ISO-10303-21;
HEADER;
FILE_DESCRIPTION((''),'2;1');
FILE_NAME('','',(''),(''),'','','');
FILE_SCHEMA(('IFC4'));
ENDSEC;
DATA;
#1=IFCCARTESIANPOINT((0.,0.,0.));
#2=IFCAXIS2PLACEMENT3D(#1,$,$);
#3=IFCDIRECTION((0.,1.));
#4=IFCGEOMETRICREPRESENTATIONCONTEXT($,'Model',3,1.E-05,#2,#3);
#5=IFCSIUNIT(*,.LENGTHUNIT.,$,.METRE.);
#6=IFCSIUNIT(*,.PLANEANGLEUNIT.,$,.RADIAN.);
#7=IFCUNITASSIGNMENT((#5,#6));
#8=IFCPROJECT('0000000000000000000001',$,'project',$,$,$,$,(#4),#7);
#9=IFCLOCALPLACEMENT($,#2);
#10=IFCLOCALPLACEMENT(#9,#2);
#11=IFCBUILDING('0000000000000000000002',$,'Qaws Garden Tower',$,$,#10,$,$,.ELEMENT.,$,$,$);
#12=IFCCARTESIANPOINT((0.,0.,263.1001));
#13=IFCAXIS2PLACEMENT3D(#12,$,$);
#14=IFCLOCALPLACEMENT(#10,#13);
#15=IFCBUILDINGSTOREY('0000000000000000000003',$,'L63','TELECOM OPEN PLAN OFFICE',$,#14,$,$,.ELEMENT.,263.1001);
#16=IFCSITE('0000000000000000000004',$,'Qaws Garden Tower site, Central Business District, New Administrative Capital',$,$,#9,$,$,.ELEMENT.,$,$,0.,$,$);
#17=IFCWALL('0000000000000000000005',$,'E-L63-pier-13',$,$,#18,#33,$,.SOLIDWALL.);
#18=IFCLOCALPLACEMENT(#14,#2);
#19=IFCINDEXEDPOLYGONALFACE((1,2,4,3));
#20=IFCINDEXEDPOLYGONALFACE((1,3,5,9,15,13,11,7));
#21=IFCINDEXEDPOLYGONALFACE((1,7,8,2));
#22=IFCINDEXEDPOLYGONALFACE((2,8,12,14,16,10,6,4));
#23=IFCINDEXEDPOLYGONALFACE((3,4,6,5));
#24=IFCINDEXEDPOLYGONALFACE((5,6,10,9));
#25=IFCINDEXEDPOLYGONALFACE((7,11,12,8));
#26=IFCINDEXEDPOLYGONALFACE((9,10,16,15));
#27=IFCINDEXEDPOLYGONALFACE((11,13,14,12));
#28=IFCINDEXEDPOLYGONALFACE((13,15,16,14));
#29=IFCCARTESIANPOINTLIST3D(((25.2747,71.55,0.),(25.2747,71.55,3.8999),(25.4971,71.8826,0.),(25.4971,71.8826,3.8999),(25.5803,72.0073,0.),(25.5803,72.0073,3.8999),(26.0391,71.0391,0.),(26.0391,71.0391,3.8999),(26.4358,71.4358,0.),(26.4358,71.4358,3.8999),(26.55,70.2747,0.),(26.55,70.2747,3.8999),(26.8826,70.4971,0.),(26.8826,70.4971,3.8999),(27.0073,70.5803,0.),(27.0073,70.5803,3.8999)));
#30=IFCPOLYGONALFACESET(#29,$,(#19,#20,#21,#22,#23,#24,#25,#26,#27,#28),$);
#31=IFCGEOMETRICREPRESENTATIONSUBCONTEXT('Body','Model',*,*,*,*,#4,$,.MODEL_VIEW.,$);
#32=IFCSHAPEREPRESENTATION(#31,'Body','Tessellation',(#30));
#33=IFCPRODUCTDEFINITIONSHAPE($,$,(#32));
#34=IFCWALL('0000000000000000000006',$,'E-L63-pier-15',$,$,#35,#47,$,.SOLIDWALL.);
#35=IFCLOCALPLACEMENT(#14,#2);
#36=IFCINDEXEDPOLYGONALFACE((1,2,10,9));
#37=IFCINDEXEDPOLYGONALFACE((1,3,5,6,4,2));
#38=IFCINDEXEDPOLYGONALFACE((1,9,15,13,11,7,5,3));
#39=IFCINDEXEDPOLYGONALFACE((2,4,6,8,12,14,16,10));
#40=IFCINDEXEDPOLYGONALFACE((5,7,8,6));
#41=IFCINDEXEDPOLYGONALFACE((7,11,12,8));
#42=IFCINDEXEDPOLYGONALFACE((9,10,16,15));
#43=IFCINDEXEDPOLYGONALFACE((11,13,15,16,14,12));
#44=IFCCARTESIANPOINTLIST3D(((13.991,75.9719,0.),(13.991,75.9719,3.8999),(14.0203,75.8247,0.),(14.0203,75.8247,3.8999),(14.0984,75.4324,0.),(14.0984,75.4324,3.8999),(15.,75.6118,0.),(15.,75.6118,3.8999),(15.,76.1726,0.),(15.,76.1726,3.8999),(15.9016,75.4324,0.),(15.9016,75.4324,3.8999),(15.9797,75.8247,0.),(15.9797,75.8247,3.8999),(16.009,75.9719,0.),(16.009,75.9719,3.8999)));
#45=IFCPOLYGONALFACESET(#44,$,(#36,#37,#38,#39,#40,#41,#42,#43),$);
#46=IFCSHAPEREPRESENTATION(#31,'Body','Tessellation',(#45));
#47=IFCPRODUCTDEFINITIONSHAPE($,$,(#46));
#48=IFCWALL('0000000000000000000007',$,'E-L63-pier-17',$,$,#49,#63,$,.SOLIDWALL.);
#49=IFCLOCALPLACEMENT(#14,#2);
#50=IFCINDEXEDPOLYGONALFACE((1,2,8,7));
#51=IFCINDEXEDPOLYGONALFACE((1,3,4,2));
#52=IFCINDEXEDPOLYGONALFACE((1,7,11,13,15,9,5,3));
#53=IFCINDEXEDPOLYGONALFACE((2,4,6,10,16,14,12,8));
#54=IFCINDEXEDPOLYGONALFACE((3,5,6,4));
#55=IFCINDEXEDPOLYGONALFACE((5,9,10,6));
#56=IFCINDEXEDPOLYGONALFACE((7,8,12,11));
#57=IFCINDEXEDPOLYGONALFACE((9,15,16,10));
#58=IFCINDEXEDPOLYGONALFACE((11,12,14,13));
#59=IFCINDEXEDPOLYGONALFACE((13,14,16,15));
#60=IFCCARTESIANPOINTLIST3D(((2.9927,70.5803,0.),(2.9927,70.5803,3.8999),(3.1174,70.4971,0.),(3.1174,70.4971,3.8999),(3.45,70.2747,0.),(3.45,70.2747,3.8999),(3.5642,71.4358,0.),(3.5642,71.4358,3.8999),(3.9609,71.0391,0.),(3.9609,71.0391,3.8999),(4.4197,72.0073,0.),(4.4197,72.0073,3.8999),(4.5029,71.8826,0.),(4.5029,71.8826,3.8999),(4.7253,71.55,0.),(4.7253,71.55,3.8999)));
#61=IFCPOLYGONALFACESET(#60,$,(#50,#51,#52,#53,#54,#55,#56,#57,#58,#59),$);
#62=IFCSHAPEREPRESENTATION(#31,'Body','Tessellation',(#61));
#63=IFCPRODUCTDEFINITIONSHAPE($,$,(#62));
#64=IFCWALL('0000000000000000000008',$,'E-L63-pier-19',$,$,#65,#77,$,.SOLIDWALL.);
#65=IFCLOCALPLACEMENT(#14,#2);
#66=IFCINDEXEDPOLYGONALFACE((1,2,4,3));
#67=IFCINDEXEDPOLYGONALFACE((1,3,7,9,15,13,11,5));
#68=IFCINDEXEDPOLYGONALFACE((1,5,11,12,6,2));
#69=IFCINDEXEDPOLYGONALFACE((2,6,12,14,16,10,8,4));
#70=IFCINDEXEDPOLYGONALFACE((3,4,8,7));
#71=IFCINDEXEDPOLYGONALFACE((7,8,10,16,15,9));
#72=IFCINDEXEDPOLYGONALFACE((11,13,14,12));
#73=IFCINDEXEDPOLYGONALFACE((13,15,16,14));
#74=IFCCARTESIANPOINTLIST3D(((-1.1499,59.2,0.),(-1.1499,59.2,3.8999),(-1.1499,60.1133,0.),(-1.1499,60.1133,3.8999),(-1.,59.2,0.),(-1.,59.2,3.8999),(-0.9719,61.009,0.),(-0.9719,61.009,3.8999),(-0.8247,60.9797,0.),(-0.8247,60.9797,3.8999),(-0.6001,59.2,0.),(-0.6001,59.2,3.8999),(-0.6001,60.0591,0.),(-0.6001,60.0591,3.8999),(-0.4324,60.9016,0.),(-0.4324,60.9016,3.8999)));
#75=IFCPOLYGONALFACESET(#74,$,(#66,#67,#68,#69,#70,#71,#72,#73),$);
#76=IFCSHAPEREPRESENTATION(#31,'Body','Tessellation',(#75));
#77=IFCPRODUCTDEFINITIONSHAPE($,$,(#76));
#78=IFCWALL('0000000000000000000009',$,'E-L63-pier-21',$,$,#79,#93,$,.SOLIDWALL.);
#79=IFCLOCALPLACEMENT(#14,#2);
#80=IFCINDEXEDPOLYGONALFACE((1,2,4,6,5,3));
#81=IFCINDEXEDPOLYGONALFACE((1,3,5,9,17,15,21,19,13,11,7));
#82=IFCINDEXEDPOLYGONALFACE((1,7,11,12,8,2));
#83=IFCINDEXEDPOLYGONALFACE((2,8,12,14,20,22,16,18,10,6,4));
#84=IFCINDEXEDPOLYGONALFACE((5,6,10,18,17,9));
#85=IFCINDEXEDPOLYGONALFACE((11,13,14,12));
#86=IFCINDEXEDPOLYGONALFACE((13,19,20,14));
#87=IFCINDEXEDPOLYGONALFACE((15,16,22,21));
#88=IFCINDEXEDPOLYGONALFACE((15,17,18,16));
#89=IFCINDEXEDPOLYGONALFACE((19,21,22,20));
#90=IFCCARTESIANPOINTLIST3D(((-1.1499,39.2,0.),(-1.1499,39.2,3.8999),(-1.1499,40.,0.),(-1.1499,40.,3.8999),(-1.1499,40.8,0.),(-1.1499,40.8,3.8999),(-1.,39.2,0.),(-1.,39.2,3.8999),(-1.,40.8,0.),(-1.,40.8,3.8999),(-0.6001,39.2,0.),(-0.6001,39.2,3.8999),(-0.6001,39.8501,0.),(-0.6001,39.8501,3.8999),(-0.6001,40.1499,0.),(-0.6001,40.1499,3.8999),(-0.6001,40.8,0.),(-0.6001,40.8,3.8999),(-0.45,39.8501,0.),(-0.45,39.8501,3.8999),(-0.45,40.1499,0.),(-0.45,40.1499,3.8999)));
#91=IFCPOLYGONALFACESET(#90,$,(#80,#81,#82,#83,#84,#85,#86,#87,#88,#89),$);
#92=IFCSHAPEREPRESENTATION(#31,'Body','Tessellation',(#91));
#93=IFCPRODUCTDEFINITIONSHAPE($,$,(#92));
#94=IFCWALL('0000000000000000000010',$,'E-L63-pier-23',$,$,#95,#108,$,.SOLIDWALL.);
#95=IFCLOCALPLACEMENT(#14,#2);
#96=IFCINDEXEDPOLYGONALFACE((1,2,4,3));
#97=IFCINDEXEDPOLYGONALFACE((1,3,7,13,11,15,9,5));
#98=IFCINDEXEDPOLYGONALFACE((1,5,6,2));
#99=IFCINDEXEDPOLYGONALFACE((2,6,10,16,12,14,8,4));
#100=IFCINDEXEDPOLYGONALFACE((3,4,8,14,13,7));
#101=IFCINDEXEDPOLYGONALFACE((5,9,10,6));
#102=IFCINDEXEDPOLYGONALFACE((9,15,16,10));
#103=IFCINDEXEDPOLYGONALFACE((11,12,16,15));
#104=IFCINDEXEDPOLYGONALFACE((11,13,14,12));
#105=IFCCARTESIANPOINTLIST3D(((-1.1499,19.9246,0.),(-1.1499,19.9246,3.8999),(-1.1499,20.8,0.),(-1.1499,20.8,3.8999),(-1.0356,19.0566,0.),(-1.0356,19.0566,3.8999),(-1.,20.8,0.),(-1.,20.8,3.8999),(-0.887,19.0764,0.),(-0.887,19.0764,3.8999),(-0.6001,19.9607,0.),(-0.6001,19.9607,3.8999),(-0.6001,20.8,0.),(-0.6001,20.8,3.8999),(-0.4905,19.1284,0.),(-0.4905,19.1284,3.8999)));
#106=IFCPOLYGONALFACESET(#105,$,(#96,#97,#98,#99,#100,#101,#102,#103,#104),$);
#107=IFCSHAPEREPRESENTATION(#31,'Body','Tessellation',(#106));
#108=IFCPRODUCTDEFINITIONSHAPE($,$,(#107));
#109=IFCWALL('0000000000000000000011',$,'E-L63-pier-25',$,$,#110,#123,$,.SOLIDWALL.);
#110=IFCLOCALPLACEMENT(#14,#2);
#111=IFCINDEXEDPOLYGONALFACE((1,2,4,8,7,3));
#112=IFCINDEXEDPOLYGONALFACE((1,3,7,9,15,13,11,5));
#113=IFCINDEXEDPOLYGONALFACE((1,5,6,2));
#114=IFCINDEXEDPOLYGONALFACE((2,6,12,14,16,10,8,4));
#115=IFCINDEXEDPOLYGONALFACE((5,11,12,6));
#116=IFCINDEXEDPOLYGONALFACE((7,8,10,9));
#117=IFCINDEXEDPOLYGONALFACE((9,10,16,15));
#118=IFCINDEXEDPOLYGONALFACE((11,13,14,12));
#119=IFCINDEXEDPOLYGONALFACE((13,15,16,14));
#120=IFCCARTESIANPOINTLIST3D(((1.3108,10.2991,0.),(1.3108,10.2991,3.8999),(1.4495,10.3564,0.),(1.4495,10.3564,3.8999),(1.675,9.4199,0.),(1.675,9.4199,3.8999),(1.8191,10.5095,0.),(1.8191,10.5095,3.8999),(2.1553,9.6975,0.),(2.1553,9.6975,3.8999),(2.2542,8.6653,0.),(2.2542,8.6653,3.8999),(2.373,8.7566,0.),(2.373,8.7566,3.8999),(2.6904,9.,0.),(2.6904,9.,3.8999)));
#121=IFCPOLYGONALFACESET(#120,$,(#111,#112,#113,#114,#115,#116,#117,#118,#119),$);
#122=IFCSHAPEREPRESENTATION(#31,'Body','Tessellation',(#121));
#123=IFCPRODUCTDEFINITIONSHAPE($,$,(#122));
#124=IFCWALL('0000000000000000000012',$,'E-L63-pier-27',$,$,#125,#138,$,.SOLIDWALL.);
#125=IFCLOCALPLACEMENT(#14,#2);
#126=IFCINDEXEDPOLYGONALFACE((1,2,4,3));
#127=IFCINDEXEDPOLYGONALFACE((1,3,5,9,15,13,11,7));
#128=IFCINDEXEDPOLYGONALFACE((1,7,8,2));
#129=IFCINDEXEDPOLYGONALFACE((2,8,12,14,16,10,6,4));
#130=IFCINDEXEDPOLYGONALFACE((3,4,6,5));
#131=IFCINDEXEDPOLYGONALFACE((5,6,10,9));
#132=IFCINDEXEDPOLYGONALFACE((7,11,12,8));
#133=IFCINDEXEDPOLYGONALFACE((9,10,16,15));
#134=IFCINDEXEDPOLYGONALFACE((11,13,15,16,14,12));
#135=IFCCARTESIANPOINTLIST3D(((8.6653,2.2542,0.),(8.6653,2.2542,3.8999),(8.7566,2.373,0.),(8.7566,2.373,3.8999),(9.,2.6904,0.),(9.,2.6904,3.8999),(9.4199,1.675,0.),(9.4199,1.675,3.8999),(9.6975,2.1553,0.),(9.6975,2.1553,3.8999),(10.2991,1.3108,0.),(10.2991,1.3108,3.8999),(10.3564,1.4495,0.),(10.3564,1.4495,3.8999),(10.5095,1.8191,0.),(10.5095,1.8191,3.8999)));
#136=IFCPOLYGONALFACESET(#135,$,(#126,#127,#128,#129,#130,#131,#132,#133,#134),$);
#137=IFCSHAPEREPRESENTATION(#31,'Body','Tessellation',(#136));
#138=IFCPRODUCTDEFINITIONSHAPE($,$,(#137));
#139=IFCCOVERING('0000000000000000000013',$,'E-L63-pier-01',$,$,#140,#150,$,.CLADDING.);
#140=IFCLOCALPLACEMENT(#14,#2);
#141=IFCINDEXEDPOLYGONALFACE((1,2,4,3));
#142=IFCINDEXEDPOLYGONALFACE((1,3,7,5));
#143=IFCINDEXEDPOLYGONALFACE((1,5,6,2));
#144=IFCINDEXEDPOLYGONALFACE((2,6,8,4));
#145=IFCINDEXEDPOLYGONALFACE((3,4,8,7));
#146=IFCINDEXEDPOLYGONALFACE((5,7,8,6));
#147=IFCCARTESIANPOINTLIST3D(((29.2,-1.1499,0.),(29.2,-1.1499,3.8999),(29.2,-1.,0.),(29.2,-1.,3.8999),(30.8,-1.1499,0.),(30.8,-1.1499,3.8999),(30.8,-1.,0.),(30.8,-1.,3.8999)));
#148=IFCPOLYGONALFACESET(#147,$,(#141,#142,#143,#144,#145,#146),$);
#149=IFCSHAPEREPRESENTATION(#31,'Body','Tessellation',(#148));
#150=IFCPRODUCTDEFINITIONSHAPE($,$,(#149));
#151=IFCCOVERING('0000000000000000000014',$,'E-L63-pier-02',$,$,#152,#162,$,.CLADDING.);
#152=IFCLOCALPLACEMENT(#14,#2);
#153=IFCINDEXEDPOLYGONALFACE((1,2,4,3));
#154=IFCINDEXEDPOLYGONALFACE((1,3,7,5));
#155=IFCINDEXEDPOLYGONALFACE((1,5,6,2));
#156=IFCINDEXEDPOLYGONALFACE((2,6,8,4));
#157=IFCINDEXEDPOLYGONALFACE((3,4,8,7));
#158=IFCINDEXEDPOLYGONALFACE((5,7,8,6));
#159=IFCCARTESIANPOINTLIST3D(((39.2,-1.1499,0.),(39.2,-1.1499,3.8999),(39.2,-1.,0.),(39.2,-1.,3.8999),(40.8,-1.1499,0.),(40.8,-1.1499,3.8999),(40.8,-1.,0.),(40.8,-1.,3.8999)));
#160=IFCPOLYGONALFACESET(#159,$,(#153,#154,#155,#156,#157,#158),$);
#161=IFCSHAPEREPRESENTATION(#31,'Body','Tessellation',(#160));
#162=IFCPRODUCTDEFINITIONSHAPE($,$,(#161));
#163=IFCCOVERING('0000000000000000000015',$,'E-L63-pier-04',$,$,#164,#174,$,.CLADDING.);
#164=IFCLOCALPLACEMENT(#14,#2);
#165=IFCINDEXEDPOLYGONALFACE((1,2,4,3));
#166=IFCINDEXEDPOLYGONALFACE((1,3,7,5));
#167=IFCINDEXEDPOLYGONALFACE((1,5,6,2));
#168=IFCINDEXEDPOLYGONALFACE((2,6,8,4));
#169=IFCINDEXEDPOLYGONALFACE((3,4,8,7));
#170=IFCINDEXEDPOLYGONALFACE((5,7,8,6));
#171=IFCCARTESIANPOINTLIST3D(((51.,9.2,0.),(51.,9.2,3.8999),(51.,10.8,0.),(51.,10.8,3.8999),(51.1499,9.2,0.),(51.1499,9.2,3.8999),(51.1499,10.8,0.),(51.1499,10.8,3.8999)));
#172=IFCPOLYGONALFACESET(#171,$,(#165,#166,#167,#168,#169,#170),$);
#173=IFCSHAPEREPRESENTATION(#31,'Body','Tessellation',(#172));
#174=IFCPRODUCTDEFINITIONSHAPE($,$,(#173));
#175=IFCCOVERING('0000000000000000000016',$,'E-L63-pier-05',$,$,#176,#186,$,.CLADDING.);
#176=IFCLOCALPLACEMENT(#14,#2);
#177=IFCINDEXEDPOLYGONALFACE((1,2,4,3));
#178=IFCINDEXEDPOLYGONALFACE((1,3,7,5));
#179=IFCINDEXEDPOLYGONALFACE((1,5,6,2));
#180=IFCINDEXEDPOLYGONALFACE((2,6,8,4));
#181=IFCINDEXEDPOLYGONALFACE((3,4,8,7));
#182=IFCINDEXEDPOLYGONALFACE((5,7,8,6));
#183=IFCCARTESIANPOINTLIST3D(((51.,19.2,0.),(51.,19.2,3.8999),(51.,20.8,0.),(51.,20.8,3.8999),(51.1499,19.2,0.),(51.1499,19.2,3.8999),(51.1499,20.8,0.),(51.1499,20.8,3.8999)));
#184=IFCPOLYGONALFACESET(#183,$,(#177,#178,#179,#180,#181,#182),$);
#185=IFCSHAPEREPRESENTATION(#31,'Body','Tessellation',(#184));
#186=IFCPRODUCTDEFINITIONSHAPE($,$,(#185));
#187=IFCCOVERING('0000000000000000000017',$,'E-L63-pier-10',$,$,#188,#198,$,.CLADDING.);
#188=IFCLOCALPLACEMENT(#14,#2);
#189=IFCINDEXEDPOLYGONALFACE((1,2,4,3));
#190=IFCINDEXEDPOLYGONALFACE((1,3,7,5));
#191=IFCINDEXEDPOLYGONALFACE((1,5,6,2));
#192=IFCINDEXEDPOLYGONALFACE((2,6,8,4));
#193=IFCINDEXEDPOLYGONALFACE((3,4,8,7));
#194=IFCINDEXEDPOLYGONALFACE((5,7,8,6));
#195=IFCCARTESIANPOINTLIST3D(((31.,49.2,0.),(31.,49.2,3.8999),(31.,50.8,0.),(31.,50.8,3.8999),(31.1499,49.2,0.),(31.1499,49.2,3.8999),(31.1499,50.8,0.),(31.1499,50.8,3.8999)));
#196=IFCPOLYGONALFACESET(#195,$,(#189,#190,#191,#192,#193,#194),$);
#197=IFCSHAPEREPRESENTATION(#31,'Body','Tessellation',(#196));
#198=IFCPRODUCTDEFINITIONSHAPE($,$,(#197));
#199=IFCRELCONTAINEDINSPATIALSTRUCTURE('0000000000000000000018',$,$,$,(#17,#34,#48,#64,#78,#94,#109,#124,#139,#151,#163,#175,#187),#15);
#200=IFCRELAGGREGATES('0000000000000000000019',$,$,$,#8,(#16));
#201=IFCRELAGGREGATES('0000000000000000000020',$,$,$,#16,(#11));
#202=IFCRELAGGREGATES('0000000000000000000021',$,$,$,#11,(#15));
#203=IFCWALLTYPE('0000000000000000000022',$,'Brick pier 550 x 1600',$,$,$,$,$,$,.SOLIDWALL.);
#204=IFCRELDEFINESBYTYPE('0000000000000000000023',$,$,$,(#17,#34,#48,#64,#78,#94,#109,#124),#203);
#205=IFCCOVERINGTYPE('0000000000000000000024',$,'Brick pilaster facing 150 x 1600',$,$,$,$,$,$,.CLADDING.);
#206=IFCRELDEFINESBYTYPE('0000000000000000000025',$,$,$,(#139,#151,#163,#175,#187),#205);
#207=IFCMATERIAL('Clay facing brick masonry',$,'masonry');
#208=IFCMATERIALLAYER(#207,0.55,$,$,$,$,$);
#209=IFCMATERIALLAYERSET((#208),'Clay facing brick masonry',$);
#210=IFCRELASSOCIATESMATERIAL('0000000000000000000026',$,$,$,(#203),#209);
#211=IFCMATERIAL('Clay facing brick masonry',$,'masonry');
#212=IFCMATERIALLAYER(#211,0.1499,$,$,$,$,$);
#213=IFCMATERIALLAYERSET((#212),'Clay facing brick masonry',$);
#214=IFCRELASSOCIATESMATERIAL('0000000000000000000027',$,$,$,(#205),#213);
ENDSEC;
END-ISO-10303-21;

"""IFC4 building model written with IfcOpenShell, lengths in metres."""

from ifc_helpers import new_model, si_unit, direction, frame, origin, place, context, subcontext, project, spatial, polyline, outline, extrude, material, layer, layer_set, type_object, element, save


model = new_model("IFC4")

# Units and contexts
model_context = context("Model", 3, precision=1e-05, world=origin(), true_north=direction((0.0, 1.0)))
body_context = subcontext(model_context, "Body", "Model", "MODEL_VIEW")
ifc_project = project(units=[si_unit("LENGTHUNIT", "METRE"), si_unit("PLANEANGLEUNIT", "RADIAN")], contexts=[model_context])

# Site, building, storey
site_placement = place(None, origin())
site = spatial("IfcSite", under=ifc_project, at=site_placement, Name="Qaws Garden Tower site, Central Business District, New Administrative Capital", CompositionType="ELEMENT", RefElevation=0.0)
building_placement = place(site_placement, origin())
building = spatial("IfcBuilding", under=site, at=building_placement, Name="Qaws Garden Tower", CompositionType="ELEMENT")
storey_placement = place(building_placement, frame((0.0, 0.0, 263.1001)))
storey = spatial("IfcBuildingStorey", under=building, at=storey_placement, Name="L63", Description="TELECOM OPEN PLAN OFFICE", CompositionType="ELEMENT", Elevation=263.1001)

# Walls
placement = place(storey_placement, origin())
ifc_material_1 = material(Name="Clay facing brick masonry", Category="masonry")
ifc_layer_1 = layer(ifc_material_1, 0.55)
ifc_layer_set_1 = layer_set([ifc_layer_1], Name="Clay facing brick masonry")
wall_type_1 = type_object("IfcWallType", Name="Brick pier 550 x 1600", PredefinedType="SOLIDWALL", material=ifc_layer_set_1)
element("IfcWall", 1, at=placement, inside=storey, type_object=wall_type_1, Name="E-L63-pier-13", PredefinedType="SOLIDWALL", context=body_context, shape_type="SweptSolid", body=[
    extrude(outline(polyline([(26.8826, 70.4971), (27.0073, 70.5803), (26.4358, 71.4358), (25.5803, 72.0073), (25.4971, 71.8826), (25.2747, 71.55), (26.0391, 71.0391), (26.55, 70.2747), (26.8826, 70.4971)])), origin(), (0.0, 0.0, 1.0), 3.8999),
])
element("IfcWall", 2, at=placement, inside=storey, type_object=wall_type_1, Name="E-L63-pier-15", PredefinedType="SOLIDWALL", context=body_context, shape_type="SweptSolid", body=[
    extrude(outline(polyline([(15.9797, 75.8247), (16.009, 75.9719), (15.0, 76.1726), (13.991, 75.9719), (14.0203, 75.8247), (14.0984, 75.4324), (15.0, 75.6118), (15.9016, 75.4324), (15.9797, 75.8247)])), origin(), (0.0, 0.0, 1.0), 3.8999),
])
element("IfcWall", 3, at=placement, inside=storey, type_object=wall_type_1, Name="E-L63-pier-17", PredefinedType="SOLIDWALL", context=body_context, shape_type="SweptSolid", body=[
    extrude(outline(polyline([(4.5029, 71.8826), (4.4197, 72.0073), (3.5642, 71.4358), (2.9927, 70.5803), (3.1174, 70.4971), (3.45, 70.2747), (3.9609, 71.0391), (4.7253, 71.55), (4.5029, 71.8826)])), origin(), (0.0, 0.0, 1.0), 3.8999),
])
element("IfcWall", 4, at=placement, inside=storey, type_object=wall_type_1, Name="E-L63-pier-19", PredefinedType="SOLIDWALL", context=body_context, shape_type="SweptSolid", body=[
    extrude(outline(polyline([(-0.8247, 60.9797), (-0.9719, 61.009), (-1.1499, 60.1133), (-1.1499, 59.2), (-1.0, 59.2), (-0.6001, 59.2), (-0.6001, 60.0591), (-0.4324, 60.9016), (-0.8247, 60.9797)])), origin(), (0.0, 0.0, 1.0), 3.8999),
])
element("IfcWall", 5, at=placement, inside=storey, type_object=wall_type_1, Name="E-L63-pier-21", PredefinedType="SOLIDWALL", context=body_context, shape_type="SweptSolid", body=[
    extrude(outline(polyline([(-0.6001, 39.2), (-0.6001, 39.8501), (-0.45, 39.8501), (-0.45, 40.1499), (-0.6001, 40.1499), (-0.6001, 40.8), (-1.0, 40.8), (-1.1499, 40.8), (-1.1499, 40.0), (-1.1499, 39.2), (-1.0, 39.2), (-0.6001, 39.2)])), origin(), (0.0, 0.0, 1.0), 3.8999),
])
element("IfcWall", 6, at=placement, inside=storey, type_object=wall_type_1, Name="E-L63-pier-23", PredefinedType="SOLIDWALL", context=body_context, shape_type="SweptSolid", body=[
    extrude(outline(polyline([(-1.0, 20.8), (-1.1499, 20.8), (-1.1499, 19.9246), (-1.0356, 19.0566), (-0.887, 19.0764), (-0.4905, 19.1284), (-0.6001, 19.9607), (-0.6001, 20.8), (-1.0, 20.8)])), origin(), (0.0, 0.0, 1.0), 3.8999),
])
element("IfcWall", 7, at=placement, inside=storey, type_object=wall_type_1, Name="E-L63-pier-25", PredefinedType="SOLIDWALL", context=body_context, shape_type="SweptSolid", body=[
    extrude(outline(polyline([(1.4495, 10.3564), (1.3108, 10.2991), (1.675, 9.4199), (2.2542, 8.6653), (2.373, 8.7566), (2.6904, 9.0), (2.1553, 9.6975), (1.8191, 10.5095), (1.4495, 10.3564)])), origin(), (0.0, 0.0, 1.0), 3.8999),
])
element("IfcWall", 8, at=placement, inside=storey, type_object=wall_type_1, Name="E-L63-pier-27", PredefinedType="SOLIDWALL", context=body_context, shape_type="SweptSolid", body=[
    extrude(outline(polyline([(8.7566, 2.373), (8.6653, 2.2542), (9.4199, 1.675), (10.2991, 1.3108), (10.3564, 1.4495), (10.5095, 1.8191), (9.6975, 2.1553), (9.0, 2.6904), (8.7566, 2.373)])), origin(), (0.0, 0.0, 1.0), 3.8999),
])

# Coverings
ifc_material_2 = material(Name="Clay facing brick masonry", Category="masonry")
ifc_layer_2 = layer(ifc_material_2, 0.1499)
ifc_layer_set_2 = layer_set([ifc_layer_2], Name="Clay facing brick masonry")
covering_type = type_object("IfcCoveringType", Name="Brick pilaster facing 150 x 1600", PredefinedType="CLADDING", material=ifc_layer_set_2)
element("IfcCovering", 9, at=placement, inside=storey, type_object=covering_type, Name="E-L63-pier-01", PredefinedType="CLADDING", context=body_context, shape_type="SweptSolid", body=[
    extrude(outline(polyline([(29.2, -1.0), (30.8, -1.0), (30.8, -1.1499), (29.2, -1.1499), (29.2, -1.0)])), origin(), (0.0, 0.0, 1.0), 3.8999),
])
element("IfcCovering", 10, at=placement, inside=storey, type_object=covering_type, Name="E-L63-pier-02", PredefinedType="CLADDING", context=body_context, shape_type="SweptSolid", body=[
    extrude(outline(polyline([(39.2, -1.0), (40.8, -1.0), (40.8, -1.1499), (39.2, -1.1499), (39.2, -1.0)])), origin(), (0.0, 0.0, 1.0), 3.8999),
])
element("IfcCovering", 11, at=placement, inside=storey, type_object=covering_type, Name="E-L63-pier-04", PredefinedType="CLADDING", context=body_context, shape_type="SweptSolid", body=[
    extrude(outline(polyline([(51.0, 9.2), (51.0, 10.8), (51.1499, 10.8), (51.1499, 9.2), (51.0, 9.2)])), origin(), (0.0, 0.0, 1.0), 3.8999),
])
element("IfcCovering", 12, at=placement, inside=storey, type_object=covering_type, Name="E-L63-pier-05", PredefinedType="CLADDING", context=body_context, shape_type="SweptSolid", body=[
    extrude(outline(polyline([(51.0, 19.2), (51.0, 20.8), (51.1499, 20.8), (51.1499, 19.2), (51.0, 19.2)])), origin(), (0.0, 0.0, 1.0), 3.8999),
])
element("IfcCovering", 13, at=placement, inside=storey, type_object=covering_type, Name="E-L63-pier-10", PredefinedType="CLADDING", context=body_context, shape_type="SweptSolid", body=[
    extrude(outline(polyline([(31.0, 49.2), (31.0, 50.8), (31.1499, 50.8), (31.1499, 49.2), (31.0, 49.2)])), origin(), (0.0, 0.0, 1.0), 3.8999),
])

save(model, "model.ifc")
